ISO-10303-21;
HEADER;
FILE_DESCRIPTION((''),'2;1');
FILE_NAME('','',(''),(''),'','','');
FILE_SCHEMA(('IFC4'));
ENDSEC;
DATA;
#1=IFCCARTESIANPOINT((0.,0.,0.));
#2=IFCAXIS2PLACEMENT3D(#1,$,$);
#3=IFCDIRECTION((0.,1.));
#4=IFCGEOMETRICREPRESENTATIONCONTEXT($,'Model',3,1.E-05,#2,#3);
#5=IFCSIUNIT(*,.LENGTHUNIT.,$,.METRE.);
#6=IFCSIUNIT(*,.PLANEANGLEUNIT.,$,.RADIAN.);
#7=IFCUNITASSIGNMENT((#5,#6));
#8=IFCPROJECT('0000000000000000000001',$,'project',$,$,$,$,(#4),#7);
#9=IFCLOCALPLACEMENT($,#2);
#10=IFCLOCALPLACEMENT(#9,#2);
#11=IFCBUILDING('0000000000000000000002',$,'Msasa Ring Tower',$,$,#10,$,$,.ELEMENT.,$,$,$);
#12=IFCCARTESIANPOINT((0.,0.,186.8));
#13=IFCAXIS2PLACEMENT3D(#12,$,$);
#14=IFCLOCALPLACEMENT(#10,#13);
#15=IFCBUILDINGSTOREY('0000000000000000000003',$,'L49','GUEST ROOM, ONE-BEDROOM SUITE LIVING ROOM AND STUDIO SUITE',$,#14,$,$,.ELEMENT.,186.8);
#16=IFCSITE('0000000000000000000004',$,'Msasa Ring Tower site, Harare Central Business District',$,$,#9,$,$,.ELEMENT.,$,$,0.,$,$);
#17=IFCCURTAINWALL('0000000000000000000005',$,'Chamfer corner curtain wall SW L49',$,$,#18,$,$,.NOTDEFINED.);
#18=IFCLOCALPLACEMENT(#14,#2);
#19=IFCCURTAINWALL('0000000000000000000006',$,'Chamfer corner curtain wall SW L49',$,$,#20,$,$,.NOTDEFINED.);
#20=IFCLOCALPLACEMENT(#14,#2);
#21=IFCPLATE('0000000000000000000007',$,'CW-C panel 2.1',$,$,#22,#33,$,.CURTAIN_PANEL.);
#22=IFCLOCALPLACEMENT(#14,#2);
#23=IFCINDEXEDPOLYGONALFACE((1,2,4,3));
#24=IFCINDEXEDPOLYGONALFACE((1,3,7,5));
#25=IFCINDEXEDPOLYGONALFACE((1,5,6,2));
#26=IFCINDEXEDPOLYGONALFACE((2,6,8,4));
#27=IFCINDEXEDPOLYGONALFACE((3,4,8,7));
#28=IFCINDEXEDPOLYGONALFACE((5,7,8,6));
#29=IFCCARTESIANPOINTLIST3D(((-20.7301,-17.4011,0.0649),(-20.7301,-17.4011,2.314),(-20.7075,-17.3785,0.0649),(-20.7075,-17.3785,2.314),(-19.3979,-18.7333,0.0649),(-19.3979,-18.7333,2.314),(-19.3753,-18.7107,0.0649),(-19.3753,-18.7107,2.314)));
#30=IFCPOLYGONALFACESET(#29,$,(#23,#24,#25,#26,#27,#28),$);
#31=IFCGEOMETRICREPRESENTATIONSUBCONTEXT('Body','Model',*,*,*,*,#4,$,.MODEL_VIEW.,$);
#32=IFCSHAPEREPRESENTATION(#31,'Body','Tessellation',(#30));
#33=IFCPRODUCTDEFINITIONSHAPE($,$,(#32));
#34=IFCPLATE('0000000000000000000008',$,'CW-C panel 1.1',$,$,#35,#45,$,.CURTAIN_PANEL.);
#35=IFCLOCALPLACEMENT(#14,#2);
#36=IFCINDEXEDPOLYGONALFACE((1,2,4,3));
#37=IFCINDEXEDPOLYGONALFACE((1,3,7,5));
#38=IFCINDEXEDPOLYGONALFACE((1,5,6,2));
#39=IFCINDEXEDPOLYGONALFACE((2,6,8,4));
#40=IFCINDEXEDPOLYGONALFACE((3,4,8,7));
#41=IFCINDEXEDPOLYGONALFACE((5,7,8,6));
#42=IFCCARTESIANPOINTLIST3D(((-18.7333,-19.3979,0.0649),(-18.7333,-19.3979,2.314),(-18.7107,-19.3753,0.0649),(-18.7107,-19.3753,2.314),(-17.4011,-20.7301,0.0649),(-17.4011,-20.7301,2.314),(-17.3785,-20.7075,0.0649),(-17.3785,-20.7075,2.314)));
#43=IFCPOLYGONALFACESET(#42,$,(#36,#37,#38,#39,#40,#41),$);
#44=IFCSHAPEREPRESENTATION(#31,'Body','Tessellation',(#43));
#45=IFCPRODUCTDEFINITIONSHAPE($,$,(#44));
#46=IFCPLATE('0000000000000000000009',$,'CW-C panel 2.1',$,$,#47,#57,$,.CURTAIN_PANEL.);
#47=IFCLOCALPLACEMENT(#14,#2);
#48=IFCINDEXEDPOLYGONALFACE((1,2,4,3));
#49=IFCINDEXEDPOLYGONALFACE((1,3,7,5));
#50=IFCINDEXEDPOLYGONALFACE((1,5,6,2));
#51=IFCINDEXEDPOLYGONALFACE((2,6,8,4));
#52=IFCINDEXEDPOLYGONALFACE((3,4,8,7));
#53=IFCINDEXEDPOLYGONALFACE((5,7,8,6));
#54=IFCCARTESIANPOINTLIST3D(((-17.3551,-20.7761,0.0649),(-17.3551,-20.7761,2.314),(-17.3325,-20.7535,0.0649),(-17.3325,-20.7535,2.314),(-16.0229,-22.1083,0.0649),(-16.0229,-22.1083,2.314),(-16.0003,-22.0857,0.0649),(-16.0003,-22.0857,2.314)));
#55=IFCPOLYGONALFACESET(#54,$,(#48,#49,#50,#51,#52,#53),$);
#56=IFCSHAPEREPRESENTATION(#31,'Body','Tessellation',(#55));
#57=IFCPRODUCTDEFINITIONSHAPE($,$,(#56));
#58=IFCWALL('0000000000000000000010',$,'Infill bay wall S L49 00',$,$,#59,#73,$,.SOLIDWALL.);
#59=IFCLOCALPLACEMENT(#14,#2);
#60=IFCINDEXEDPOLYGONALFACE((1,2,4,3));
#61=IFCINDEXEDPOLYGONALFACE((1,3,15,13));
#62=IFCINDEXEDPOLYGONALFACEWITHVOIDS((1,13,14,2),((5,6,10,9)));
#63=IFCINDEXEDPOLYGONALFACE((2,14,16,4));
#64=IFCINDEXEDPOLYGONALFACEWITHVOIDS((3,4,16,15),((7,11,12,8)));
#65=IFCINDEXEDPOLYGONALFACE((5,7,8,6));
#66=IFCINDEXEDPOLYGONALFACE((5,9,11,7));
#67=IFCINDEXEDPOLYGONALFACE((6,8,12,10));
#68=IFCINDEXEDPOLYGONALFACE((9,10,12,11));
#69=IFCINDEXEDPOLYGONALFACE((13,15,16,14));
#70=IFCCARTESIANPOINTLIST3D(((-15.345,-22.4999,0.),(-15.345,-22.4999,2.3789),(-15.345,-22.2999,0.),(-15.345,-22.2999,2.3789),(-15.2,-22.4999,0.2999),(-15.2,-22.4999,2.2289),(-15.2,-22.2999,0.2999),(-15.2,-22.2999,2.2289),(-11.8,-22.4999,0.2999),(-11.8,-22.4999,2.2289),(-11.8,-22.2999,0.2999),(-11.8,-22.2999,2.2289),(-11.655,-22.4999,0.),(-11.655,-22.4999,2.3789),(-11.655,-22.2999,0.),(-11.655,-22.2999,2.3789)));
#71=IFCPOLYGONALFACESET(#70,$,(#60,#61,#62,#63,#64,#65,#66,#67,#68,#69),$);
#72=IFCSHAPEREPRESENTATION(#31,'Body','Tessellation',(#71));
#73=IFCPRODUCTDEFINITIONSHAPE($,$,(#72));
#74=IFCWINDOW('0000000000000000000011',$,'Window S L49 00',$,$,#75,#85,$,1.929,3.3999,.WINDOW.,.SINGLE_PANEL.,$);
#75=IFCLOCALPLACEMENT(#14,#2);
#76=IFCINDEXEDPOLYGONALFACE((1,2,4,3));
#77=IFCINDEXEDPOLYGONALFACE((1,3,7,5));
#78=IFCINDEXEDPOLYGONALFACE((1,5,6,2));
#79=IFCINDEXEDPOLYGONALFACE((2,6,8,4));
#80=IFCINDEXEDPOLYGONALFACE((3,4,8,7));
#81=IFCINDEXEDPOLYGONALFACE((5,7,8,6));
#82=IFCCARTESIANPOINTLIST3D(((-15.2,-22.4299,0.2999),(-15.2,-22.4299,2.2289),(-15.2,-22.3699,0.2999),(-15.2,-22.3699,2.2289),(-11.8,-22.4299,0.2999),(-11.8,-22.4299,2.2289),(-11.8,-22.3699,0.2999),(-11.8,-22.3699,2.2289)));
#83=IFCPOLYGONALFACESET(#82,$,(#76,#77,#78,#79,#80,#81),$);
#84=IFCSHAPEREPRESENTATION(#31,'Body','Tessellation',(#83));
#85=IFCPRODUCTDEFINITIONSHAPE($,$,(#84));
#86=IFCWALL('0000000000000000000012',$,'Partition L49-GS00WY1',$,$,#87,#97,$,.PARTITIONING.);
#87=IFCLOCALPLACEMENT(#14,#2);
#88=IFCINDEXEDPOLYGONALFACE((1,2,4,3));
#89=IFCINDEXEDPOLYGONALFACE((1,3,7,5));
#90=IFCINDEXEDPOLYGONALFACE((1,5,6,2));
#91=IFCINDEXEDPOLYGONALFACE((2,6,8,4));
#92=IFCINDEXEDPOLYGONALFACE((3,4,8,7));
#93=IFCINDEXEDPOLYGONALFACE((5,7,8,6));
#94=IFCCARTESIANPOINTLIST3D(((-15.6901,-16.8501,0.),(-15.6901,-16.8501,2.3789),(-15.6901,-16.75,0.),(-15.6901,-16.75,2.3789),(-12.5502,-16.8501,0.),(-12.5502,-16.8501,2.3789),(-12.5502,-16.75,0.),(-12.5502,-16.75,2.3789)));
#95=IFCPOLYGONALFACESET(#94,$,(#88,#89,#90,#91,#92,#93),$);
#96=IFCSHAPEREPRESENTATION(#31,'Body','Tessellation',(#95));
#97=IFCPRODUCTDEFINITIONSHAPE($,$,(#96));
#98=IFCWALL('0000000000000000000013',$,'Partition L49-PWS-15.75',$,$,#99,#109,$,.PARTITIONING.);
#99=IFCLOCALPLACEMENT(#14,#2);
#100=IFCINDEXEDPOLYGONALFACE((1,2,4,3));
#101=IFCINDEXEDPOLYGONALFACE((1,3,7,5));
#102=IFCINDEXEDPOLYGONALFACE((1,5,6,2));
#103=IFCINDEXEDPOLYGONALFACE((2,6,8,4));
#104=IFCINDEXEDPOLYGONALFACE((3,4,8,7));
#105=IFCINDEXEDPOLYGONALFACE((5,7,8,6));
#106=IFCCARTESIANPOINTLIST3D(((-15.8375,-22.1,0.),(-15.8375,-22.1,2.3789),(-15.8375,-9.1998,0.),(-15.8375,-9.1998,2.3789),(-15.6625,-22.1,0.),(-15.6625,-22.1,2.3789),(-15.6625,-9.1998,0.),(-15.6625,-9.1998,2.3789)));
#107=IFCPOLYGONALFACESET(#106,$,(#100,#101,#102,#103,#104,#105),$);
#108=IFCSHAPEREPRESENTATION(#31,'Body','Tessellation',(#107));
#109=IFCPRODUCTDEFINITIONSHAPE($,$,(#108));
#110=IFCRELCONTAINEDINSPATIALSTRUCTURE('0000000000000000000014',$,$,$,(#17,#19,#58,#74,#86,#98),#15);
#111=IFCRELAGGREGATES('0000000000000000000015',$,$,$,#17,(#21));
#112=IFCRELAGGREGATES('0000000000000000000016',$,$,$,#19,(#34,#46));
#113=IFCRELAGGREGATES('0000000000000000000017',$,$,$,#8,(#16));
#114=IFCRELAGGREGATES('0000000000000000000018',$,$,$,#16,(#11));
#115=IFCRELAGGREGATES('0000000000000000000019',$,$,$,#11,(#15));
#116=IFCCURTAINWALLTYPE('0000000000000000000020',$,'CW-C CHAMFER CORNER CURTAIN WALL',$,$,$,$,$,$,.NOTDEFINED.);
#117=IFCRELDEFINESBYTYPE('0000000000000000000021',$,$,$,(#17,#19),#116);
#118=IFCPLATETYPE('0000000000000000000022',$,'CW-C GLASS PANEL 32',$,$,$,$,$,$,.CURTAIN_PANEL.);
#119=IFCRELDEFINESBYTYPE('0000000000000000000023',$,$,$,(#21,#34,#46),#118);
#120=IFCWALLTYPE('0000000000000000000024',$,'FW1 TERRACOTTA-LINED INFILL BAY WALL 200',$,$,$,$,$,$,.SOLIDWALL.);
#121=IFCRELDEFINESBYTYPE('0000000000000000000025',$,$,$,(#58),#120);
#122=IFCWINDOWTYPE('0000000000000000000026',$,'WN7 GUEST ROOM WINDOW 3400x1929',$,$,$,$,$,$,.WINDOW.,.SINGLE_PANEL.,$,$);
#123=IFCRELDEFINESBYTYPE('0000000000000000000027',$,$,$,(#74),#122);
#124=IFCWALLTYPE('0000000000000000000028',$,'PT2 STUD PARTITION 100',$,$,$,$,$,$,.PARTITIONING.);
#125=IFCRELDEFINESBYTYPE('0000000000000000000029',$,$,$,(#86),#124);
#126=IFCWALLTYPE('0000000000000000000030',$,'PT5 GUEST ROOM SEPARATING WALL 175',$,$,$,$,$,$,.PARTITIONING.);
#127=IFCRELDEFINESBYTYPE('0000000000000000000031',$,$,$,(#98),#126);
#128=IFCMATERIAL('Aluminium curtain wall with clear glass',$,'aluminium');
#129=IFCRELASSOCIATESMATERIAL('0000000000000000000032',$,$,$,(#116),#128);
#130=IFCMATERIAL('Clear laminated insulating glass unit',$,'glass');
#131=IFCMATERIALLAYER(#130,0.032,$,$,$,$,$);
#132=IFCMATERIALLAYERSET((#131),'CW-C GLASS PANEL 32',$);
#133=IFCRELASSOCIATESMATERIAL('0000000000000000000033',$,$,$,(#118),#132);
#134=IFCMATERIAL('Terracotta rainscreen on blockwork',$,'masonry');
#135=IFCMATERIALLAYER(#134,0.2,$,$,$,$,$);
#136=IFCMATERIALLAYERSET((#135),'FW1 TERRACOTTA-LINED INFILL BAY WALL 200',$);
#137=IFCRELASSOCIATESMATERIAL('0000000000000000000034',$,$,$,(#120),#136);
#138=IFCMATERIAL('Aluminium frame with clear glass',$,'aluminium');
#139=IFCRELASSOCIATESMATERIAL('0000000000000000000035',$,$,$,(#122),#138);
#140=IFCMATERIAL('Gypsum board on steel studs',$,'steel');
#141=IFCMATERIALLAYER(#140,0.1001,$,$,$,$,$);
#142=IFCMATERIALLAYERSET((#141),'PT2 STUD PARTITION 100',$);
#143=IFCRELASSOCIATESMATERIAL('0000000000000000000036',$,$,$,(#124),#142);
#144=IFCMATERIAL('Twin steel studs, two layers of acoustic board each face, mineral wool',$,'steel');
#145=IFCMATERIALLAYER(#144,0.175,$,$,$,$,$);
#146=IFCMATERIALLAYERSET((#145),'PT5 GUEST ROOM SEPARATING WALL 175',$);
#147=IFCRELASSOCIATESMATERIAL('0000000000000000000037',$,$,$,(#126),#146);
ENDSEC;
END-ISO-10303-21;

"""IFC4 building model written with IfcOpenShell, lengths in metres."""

from ifc_helpers import new_model, si_unit, direction, frame, frame_2d, origin, origin_2d, place, context, subcontext, project, spatial, rectangle, extrude, material, layer, layer_set, type_object, element, fill, aggregate, save


model = new_model("IFC4")

# Units and contexts
model_context = context("Model", 3, precision=1e-05, world=origin(), true_north=direction((0.0, 1.0)))
body_context = subcontext(model_context, "Body", "Model", "MODEL_VIEW")
ifc_project = project(units=[si_unit("LENGTHUNIT", "METRE"), si_unit("PLANEANGLEUNIT", "RADIAN")], contexts=[model_context])

# Site, building, storey
site_placement = place(None, origin())
site = spatial("IfcSite", under=ifc_project, at=site_placement, Name="Msasa Ring Tower site, Harare Central Business District", CompositionType="ELEMENT", RefElevation=0.0)
building_placement = place(site_placement, origin())
building = spatial("IfcBuilding", under=site, at=building_placement, Name="Msasa Ring Tower", CompositionType="ELEMENT")
storey_placement = place(building_placement, frame((0.0, 0.0, 186.8)))
storey = spatial("IfcBuildingStorey", under=building, at=storey_placement, Name="L49", Description="GUEST ROOM, ONE-BEDROOM SUITE LIVING ROOM AND STUDIO SUITE", CompositionType="ELEMENT", Elevation=186.8)

# Curtain walls
ifc_material_1 = material(Name="Aluminium curtain wall with clear glass", Category="aluminium")
curtain_wall_type = type_object("IfcCurtainWallType", Name="CW-C CHAMFER CORNER CURTAIN WALL", PredefinedType="NOTDEFINED", material=ifc_material_1)
curtain_wall_1_placement = place(storey_placement, origin())
curtain_wall_1 = element("IfcCurtainWall", 1, at=curtain_wall_1_placement, inside=storey, type_object=curtain_wall_type, Name="Chamfer corner curtain wall SW L49", PredefinedType="NOTDEFINED")
curtain_wall_2_placement = place(storey_placement, origin())
curtain_wall_2 = element("IfcCurtainWall", 2, at=curtain_wall_2_placement, inside=storey, type_object=curtain_wall_type, Name="Chamfer corner curtain wall SW L49", PredefinedType="NOTDEFINED")

# Plates
ifc_material_2 = material(Name="Clear laminated insulating glass unit", Category="glass")
ifc_layer_1 = layer(ifc_material_2, 0.032)
ifc_layer_set_1 = layer_set([ifc_layer_1], Name="CW-C GLASS PANEL 32")
plate_type = type_object("IfcPlateType", Name="CW-C GLASS PANEL 32", PredefinedType="CURTAIN_PANEL", material=ifc_layer_set_1)
plate_1_placement = place(storey_placement, frame((-20.0527, -18.0559, 0.0649), z_axis=(0.0, 0.0, 1.0), x_axis=(0.707107, -0.707107, 0.0)))
plate_1 = element("IfcPlate", 3, at=plate_1_placement, type_object=plate_type, Name="CW-C panel 2.1", PredefinedType="CURTAIN_PANEL", context=body_context, shape_type="SweptSolid", body=[
    extrude(rectangle(XDim=1.884, YDim=0.032, at=origin_2d()), origin(), (0.0, 0.0, 1.0), 2.249),
])
aggregate(curtain_wall_1, [plate_1])
plate_2_placement = place(storey_placement, frame((-18.0559, -20.0527, 0.0649), z_axis=(0.0, 0.0, 1.0), x_axis=(0.707107, -0.707107, 0.0)))
plate_2 = element("IfcPlate", 4, at=plate_2_placement, type_object=plate_type, Name="CW-C panel 1.1", PredefinedType="CURTAIN_PANEL", context=body_context, shape_type="SweptSolid", body=[
    extrude(rectangle(XDim=1.884, YDim=0.032, at=origin_2d()), origin(), (0.0, 0.0, 1.0), 2.249),
])
plate_3_placement = place(storey_placement, frame((-16.6777, -21.4309, 0.0649), z_axis=(0.0, 0.0, 1.0), x_axis=(0.707107, -0.707107, 0.0)))
plate_3 = element("IfcPlate", 5, at=plate_3_placement, type_object=plate_type, Name="CW-C panel 2.1", PredefinedType="CURTAIN_PANEL", context=body_context, shape_type="SweptSolid", body=[
    extrude(rectangle(XDim=1.884, YDim=0.032, at=origin_2d()), origin(), (0.0, 0.0, 1.0), 2.249),
])
aggregate(curtain_wall_2, [plate_2, plate_3])

# Wall, opening, window
ifc_material_3 = material(Name="Terracotta rainscreen on blockwork", Category="masonry")
ifc_layer_2 = layer(ifc_material_3, 0.2)
ifc_layer_set_2 = layer_set([ifc_layer_2], Name="FW1 TERRACOTTA-LINED INFILL BAY WALL 200")
wall_type_1 = type_object("IfcWallType", Name="FW1 TERRACOTTA-LINED INFILL BAY WALL 200", PredefinedType="SOLIDWALL", material=ifc_layer_set_2)
wall_1_placement = place(storey_placement, frame((-15.345, -22.3999, 0.0), z_axis=(0.0, 0.0, 1.0), x_axis=(1.0, 0.0, 0.0)))
wall_1 = element("IfcWall", 6, at=wall_1_placement, inside=storey, type_object=wall_type_1, Name="Infill bay wall S L49 00", PredefinedType="SOLIDWALL", context=body_context, shape_type="SweptSolid", body=[
    extrude(rectangle(XDim=3.6899, YDim=0.2, at=frame_2d((1.845, 0.0))), origin(), (0.0, 0.0, 1.0), 2.3789),
])
opening_placement = place(wall_1_placement, frame((0.145, 0.0, 0.3)))
opening = element("IfcOpeningElement", 7, at=opening_placement, cuts=wall_1, PredefinedType="OPENING", context=body_context, shape_type="SweptSolid", body=[
    extrude(rectangle(XDim=3.3999, YDim=1.929, at=frame_2d((1.7, 0.9644))), frame((0.0, 0.1099, 0.0), z_axis=(0.0, -1.0, 0.0), x_axis=(1.0, 0.0, 0.0)), (0.0, 0.0, 1.0), 0.22),
])
ifc_material_4 = material(Name="Aluminium frame with clear glass", Category="aluminium")
window_type = type_object("IfcWindowType", Name="WN7 GUEST ROOM WINDOW 3400x1929", PartitioningType="SINGLE_PANEL", PredefinedType="WINDOW", material=ifc_material_4)
window_placement = place(opening_placement, origin())
window = element("IfcWindow", 8, at=window_placement, inside=storey, type_object=window_type, Name="Window S L49 00", OverallHeight=1.929, OverallWidth=3.3999, PartitioningType="SINGLE_PANEL", PredefinedType="WINDOW", context=body_context, shape_type="SweptSolid", body=[
    extrude(rectangle(XDim=3.3999, YDim=1.929, at=frame_2d((1.7, 0.9644))), frame((0.0, 0.03, 0.0), z_axis=(0.0, -1.0, 0.0), x_axis=(1.0, 0.0, 0.0)), (0.0, 0.0, 1.0), 0.0601),
])
fill(opening, window)

# Walls
ifc_material_5 = material(Name="Gypsum board on steel studs", Category="steel")
ifc_layer_3 = layer(ifc_material_5, 0.1001)
ifc_layer_set_3 = layer_set([ifc_layer_3], Name="PT2 STUD PARTITION 100")
wall_type_2 = type_object("IfcWallType", Name="PT2 STUD PARTITION 100", PredefinedType="PARTITIONING", material=ifc_layer_set_3)
wall_2_placement = place(storey_placement, frame((-15.6899, -16.8, 0.0), z_axis=(0.0, 0.0, 1.0), x_axis=(1.0, 0.0, 0.0)))
element("IfcWall", 9, at=wall_2_placement, inside=storey, type_object=wall_type_2, Name="Partition L49-GS00WY1", PredefinedType="PARTITIONING", context=body_context, shape_type="SweptSolid", body=[
    extrude(rectangle(XDim=3.1399, YDim=0.1001, at=frame_2d((1.5698, 0.0))), origin(), (0.0, 0.0, 1.0), 2.3789),
])
ifc_material_6 = material(Name="Twin steel studs, two layers of acoustic board each face, mineral wool", Category="steel")
ifc_layer_4 = layer(ifc_material_6, 0.175)
ifc_layer_set_4 = layer_set([ifc_layer_4], Name="PT5 GUEST ROOM SEPARATING WALL 175")
wall_type_3 = type_object("IfcWallType", Name="PT5 GUEST ROOM SEPARATING WALL 175", PredefinedType="PARTITIONING", material=ifc_layer_set_4)
wall_3_placement = place(storey_placement, frame((-15.75, -22.1001, 0.0), z_axis=(0.0, 0.0, 1.0), x_axis=(0.0, 1.0, 0.0)))
element("IfcWall", 10, at=wall_3_placement, inside=storey, type_object=wall_type_3, Name="Partition L49-PWS-15.75", PredefinedType="PARTITIONING", context=body_context, shape_type="SweptSolid", body=[
    extrude(rectangle(XDim=12.9001, YDim=0.175, at=frame_2d((6.4502, 0.0))), origin(), (0.0, 0.0, 1.0), 2.3789),
])

save(model, "model.ifc")
